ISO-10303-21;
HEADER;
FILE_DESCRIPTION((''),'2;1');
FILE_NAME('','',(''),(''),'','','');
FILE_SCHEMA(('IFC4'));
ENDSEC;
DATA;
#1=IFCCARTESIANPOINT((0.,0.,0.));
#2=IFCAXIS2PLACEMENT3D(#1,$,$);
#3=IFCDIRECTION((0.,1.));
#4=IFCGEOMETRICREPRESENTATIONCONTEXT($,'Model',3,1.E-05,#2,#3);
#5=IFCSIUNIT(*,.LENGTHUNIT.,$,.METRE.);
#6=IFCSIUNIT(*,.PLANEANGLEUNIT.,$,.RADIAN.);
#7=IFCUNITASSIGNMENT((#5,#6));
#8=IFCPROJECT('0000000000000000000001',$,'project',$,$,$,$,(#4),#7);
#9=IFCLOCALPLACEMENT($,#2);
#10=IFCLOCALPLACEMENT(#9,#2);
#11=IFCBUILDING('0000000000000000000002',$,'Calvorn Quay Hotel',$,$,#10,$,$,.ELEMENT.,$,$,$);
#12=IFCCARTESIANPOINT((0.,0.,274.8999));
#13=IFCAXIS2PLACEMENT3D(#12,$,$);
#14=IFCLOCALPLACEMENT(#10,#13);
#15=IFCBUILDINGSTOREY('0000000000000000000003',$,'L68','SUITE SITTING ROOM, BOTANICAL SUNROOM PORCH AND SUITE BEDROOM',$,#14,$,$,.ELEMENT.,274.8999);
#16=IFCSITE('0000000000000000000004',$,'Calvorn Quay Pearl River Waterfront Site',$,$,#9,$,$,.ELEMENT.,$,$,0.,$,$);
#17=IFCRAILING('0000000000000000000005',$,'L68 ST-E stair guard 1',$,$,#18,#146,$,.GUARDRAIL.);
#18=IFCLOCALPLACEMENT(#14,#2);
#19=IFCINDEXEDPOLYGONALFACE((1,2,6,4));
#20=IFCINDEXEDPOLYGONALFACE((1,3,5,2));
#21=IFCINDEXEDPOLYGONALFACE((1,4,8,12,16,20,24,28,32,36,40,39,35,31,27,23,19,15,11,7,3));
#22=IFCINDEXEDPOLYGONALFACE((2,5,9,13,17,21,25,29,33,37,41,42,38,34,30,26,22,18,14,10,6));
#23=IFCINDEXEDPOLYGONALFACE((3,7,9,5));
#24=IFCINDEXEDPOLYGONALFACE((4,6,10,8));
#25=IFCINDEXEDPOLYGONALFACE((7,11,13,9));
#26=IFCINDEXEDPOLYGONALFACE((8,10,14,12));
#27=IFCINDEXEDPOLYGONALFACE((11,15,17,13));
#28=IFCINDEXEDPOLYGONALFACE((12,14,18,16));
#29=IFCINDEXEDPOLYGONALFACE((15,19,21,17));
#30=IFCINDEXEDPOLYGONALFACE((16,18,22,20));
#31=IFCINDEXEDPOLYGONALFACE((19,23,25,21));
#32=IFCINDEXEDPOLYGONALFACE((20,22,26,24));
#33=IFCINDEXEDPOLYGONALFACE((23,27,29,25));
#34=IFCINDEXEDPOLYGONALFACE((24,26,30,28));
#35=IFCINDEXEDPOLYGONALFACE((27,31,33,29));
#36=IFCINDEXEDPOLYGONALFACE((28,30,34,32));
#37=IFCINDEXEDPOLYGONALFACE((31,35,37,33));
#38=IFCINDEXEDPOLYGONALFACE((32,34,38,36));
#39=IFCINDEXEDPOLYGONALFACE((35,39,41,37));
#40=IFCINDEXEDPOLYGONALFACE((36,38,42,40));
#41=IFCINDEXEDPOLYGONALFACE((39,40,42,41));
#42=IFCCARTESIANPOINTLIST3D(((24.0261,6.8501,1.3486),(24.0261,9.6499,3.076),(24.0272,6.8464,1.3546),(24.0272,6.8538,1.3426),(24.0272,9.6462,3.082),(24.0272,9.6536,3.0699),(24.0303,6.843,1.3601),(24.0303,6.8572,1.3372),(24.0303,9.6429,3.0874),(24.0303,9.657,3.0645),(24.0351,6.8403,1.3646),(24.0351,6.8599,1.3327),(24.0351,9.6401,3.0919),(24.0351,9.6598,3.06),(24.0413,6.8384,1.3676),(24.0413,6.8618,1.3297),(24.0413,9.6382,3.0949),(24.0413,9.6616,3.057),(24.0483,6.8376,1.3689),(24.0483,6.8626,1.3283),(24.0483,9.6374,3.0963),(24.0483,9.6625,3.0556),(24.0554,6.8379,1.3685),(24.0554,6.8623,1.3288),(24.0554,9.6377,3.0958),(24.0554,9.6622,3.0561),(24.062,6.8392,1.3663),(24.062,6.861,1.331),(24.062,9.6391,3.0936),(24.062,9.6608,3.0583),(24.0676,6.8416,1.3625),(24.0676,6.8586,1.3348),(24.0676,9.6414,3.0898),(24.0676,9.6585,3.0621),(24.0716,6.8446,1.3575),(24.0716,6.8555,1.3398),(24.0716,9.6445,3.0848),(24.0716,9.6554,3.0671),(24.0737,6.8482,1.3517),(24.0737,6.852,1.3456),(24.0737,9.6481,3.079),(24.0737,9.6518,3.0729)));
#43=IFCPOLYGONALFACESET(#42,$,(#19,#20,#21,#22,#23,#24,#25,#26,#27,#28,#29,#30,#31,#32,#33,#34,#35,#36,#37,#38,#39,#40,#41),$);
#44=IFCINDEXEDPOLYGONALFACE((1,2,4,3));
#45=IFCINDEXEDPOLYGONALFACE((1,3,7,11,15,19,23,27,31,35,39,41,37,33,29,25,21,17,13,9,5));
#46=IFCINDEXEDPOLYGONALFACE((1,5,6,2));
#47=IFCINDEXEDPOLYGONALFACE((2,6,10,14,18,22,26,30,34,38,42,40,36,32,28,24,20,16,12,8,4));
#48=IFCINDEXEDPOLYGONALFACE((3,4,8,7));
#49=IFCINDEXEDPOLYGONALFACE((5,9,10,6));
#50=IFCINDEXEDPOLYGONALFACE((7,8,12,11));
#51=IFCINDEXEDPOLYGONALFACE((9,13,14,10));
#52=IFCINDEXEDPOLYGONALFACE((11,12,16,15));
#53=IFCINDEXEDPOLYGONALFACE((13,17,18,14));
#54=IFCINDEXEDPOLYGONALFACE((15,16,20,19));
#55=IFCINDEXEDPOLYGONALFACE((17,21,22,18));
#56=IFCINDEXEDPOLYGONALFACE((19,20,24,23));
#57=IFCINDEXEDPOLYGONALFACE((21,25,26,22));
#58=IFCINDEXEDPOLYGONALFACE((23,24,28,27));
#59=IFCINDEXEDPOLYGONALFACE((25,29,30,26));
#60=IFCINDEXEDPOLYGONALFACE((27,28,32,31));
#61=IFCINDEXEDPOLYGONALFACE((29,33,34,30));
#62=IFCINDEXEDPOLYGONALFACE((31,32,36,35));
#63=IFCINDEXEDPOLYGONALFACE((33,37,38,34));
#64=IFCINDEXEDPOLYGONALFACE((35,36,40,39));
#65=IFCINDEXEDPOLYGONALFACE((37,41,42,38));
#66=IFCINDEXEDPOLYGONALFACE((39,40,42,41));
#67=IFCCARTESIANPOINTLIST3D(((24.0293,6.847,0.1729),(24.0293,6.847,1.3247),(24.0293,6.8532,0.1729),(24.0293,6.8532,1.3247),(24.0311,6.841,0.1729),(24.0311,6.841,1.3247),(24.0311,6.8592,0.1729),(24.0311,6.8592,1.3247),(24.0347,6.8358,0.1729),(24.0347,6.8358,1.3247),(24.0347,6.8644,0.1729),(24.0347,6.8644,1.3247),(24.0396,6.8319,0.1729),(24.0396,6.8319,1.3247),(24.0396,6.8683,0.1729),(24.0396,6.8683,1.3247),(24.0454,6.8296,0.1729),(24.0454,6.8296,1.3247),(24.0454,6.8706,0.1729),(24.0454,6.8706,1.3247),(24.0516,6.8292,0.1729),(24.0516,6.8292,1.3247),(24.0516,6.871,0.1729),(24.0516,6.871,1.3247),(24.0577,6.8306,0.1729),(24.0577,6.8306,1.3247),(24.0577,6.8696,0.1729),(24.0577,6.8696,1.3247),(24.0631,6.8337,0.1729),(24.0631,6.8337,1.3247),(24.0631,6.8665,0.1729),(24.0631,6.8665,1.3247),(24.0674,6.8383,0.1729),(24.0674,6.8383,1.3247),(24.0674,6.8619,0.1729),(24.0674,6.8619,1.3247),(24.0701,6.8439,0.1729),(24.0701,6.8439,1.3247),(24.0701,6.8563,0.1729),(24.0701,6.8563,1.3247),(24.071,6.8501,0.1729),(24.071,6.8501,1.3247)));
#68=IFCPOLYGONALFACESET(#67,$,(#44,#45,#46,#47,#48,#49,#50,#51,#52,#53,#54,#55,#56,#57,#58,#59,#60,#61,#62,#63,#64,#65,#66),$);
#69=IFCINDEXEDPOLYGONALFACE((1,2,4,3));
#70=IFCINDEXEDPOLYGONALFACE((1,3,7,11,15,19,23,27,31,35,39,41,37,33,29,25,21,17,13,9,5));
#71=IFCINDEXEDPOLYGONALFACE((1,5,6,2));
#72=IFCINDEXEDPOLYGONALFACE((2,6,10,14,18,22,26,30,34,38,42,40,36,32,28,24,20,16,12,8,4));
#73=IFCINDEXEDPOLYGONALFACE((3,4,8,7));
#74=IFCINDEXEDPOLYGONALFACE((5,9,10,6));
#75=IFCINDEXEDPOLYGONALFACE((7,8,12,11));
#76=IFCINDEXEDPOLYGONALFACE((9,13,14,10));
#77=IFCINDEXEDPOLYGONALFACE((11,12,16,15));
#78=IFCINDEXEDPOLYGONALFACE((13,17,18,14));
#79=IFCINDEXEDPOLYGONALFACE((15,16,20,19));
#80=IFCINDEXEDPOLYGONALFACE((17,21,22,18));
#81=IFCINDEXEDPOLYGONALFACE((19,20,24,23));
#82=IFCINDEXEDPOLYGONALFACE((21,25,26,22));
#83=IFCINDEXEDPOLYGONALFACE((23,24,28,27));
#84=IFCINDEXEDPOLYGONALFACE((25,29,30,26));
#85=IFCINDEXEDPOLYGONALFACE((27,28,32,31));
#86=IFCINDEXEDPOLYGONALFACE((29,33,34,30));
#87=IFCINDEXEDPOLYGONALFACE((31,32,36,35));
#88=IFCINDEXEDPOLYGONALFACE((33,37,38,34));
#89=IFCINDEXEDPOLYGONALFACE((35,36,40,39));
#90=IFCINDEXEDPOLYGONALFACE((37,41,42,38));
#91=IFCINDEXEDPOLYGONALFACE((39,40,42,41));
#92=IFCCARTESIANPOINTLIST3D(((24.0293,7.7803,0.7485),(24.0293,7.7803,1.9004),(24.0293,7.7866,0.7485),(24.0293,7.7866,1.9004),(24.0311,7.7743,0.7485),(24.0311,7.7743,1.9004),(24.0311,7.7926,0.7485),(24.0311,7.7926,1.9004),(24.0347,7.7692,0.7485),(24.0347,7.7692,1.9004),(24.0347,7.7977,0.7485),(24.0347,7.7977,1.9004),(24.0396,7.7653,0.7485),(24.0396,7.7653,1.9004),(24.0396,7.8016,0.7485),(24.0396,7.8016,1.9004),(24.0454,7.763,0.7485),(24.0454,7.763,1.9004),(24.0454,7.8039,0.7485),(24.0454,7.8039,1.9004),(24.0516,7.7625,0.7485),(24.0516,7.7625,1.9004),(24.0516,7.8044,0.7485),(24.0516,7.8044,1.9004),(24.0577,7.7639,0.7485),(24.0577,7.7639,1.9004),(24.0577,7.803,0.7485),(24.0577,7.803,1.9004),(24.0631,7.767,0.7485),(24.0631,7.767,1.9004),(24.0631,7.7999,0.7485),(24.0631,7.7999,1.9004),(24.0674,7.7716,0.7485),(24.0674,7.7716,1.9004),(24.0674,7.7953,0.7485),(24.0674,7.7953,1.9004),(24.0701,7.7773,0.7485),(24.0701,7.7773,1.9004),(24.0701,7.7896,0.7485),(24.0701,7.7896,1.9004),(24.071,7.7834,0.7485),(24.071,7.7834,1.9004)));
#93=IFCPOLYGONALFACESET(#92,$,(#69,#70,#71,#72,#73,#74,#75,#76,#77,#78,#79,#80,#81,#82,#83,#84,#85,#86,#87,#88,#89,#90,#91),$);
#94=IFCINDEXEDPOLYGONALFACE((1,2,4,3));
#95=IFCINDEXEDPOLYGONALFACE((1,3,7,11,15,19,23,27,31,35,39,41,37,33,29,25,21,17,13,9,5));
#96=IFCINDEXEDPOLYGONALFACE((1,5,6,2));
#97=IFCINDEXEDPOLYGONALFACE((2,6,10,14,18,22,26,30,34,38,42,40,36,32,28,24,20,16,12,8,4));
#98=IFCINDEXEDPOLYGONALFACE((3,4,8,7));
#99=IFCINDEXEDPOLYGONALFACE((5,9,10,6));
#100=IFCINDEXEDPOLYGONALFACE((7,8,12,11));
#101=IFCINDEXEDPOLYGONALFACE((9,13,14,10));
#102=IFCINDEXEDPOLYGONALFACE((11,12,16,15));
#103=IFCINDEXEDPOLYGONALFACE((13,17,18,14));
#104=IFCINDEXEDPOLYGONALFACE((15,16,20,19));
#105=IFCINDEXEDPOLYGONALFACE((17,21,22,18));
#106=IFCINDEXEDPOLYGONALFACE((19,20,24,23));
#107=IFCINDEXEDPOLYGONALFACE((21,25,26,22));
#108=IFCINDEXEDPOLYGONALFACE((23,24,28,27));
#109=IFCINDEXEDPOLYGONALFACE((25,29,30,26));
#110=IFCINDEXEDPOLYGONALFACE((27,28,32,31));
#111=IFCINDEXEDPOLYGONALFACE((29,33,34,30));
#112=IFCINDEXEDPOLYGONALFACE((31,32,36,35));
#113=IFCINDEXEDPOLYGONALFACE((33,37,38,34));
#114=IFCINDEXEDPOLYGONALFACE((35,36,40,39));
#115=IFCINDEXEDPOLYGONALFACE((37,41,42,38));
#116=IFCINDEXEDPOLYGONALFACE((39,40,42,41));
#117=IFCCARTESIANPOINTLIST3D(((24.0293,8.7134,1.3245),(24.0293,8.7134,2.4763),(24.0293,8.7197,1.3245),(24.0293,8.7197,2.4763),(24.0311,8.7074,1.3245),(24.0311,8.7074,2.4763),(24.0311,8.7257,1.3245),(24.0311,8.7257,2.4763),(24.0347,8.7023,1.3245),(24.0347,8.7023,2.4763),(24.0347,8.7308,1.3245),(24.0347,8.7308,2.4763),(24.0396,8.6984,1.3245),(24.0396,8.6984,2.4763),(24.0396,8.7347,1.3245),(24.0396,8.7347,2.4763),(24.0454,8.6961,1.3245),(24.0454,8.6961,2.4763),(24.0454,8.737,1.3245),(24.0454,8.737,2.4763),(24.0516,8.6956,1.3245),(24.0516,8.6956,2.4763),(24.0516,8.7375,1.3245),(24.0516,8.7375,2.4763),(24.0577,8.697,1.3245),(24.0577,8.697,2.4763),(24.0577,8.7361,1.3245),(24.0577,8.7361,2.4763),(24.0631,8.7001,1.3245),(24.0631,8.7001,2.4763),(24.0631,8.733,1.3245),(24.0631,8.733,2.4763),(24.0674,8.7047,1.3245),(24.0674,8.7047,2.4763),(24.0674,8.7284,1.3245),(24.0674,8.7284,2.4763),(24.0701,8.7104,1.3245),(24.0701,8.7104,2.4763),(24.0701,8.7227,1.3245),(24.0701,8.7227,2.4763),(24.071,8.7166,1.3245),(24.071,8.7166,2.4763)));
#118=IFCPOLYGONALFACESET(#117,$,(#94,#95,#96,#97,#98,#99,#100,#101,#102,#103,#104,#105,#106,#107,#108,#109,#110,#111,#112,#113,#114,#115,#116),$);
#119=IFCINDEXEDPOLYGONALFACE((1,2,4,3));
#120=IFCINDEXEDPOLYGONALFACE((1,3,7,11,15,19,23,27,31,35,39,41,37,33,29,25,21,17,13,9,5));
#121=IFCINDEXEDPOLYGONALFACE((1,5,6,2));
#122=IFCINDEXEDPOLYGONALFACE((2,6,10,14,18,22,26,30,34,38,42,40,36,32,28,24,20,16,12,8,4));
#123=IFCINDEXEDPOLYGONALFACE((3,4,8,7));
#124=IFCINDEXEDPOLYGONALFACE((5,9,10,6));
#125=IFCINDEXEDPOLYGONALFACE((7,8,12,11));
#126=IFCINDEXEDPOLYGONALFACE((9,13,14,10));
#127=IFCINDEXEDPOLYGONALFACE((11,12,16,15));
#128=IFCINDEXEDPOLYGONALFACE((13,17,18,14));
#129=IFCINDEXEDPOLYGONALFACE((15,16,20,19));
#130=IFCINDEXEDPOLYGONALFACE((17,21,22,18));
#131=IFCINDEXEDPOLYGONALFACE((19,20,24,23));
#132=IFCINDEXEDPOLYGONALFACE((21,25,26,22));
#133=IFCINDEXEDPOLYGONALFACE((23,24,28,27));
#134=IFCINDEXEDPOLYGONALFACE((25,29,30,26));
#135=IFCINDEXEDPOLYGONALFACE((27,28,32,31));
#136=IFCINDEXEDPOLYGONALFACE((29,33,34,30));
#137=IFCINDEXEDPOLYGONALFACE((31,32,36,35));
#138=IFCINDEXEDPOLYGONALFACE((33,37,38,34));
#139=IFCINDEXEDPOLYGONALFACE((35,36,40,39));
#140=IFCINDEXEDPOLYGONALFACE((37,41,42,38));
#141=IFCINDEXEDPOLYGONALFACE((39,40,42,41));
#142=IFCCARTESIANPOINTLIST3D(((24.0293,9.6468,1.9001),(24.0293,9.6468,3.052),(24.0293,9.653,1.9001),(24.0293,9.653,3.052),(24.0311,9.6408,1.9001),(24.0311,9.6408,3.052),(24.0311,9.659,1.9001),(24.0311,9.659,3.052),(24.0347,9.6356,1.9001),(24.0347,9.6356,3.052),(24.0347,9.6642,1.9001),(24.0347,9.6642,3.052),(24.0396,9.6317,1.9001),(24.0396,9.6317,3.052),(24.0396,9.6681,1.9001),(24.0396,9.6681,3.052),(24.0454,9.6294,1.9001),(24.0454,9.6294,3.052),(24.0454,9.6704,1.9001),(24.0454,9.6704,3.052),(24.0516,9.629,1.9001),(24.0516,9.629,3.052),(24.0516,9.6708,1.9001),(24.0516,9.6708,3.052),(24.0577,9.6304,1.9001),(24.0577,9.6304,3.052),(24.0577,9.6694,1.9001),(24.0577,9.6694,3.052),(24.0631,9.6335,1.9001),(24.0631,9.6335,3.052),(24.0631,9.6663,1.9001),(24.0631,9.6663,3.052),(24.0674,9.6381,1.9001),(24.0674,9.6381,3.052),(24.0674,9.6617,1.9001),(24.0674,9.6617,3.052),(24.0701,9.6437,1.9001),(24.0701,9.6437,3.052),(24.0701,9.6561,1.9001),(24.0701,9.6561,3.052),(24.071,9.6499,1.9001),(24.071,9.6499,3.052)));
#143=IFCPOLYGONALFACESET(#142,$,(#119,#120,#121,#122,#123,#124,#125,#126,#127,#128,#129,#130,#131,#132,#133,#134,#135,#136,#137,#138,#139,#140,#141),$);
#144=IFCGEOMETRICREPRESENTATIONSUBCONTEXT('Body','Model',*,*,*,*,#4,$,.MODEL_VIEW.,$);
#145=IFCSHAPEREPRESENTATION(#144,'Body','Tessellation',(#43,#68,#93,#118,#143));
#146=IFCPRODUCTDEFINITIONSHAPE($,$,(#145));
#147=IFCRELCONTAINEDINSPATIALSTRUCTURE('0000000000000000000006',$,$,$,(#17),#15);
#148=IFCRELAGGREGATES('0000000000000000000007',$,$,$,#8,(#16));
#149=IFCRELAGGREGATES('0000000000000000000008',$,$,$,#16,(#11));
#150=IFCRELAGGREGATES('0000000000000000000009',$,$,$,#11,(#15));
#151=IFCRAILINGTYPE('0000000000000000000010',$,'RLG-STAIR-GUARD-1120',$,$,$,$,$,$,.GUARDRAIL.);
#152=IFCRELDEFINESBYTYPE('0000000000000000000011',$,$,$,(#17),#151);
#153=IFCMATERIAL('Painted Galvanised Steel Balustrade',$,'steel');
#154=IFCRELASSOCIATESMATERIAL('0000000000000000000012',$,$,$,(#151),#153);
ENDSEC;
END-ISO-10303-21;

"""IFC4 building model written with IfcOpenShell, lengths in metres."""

from ifc_helpers import new_model, si_unit, direction, frame, origin, origin_2d, place, context, subcontext, project, spatial, circle, extrude, material, type_object, element, save


model = new_model("IFC4")

# Units and contexts
model_context = context("Model", 3, precision=1e-05, world=origin(), true_north=direction((0.0, 1.0)))
body_context = subcontext(model_context, "Body", "Model", "MODEL_VIEW")
ifc_project = project(units=[si_unit("LENGTHUNIT", "METRE"), si_unit("PLANEANGLEUNIT", "RADIAN")], contexts=[model_context])

# Site, building, storey
site_placement = place(None, origin())
site = spatial("IfcSite", under=ifc_project, at=site_placement, Name="Calvorn Quay Pearl River Waterfront Site", CompositionType="ELEMENT", RefElevation=0.0)
building_placement = place(site_placement, origin())
building = spatial("IfcBuilding", under=site, at=building_placement, Name="Calvorn Quay Hotel", CompositionType="ELEMENT")
storey_placement = place(building_placement, frame((0.0, 0.0, 274.8999)))
storey = spatial("IfcBuildingStorey", under=building, at=storey_placement, Name="L68", Description="SUITE SITTING ROOM, BOTANICAL SUNROOM PORCH AND SUITE BEDROOM", CompositionType="ELEMENT", Elevation=274.8999)

# Railing
ifc_material_1 = material(Name="Painted Galvanised Steel Balustrade", Category="steel")
railing_type_1 = type_object("IfcRailingType", Name="RLG-STAIR-GUARD-1120", PredefinedType="GUARDRAIL", material=ifc_material_1)
railing_1_placement = place(storey_placement, frame((24.05, 6.8501, 0.1729)))
element("IfcRailing", 1, at=railing_1_placement, inside=storey, type_object=railing_type_1, Name="L68 ST-E stair guard 1", PredefinedType="GUARDRAIL", context=body_context, shape_type="SweptSolid", body=[
    extrude(circle(Radius=0.0239, at=origin_2d()), frame((0.0, 0.0, 1.1758), z_axis=(0.0, 0.851069, 0.525054), x_axis=(-1.0, 0.0, 0.0)), (0.0, 0.0, 1.0), 3.2898),
    extrude(circle(Radius=0.021, at=origin_2d()), origin(), (0.0, 0.0, 1.0), 1.1519),
    extrude(circle(Radius=0.021, at=origin_2d()), frame((0.0, 0.9333, 0.5757)), (0.0, 0.0, 1.0), 1.1519),
    extrude(circle(Radius=0.021, at=origin_2d()), frame((0.0, 1.8665, 1.1516)), (0.0, 0.0, 1.0), 1.1519),
    extrude(circle(Radius=0.021, at=origin_2d()), frame((0.0, 2.7998, 1.7273)), (0.0, 0.0, 1.0), 1.1519),
])

save(model, "model.ifc")
